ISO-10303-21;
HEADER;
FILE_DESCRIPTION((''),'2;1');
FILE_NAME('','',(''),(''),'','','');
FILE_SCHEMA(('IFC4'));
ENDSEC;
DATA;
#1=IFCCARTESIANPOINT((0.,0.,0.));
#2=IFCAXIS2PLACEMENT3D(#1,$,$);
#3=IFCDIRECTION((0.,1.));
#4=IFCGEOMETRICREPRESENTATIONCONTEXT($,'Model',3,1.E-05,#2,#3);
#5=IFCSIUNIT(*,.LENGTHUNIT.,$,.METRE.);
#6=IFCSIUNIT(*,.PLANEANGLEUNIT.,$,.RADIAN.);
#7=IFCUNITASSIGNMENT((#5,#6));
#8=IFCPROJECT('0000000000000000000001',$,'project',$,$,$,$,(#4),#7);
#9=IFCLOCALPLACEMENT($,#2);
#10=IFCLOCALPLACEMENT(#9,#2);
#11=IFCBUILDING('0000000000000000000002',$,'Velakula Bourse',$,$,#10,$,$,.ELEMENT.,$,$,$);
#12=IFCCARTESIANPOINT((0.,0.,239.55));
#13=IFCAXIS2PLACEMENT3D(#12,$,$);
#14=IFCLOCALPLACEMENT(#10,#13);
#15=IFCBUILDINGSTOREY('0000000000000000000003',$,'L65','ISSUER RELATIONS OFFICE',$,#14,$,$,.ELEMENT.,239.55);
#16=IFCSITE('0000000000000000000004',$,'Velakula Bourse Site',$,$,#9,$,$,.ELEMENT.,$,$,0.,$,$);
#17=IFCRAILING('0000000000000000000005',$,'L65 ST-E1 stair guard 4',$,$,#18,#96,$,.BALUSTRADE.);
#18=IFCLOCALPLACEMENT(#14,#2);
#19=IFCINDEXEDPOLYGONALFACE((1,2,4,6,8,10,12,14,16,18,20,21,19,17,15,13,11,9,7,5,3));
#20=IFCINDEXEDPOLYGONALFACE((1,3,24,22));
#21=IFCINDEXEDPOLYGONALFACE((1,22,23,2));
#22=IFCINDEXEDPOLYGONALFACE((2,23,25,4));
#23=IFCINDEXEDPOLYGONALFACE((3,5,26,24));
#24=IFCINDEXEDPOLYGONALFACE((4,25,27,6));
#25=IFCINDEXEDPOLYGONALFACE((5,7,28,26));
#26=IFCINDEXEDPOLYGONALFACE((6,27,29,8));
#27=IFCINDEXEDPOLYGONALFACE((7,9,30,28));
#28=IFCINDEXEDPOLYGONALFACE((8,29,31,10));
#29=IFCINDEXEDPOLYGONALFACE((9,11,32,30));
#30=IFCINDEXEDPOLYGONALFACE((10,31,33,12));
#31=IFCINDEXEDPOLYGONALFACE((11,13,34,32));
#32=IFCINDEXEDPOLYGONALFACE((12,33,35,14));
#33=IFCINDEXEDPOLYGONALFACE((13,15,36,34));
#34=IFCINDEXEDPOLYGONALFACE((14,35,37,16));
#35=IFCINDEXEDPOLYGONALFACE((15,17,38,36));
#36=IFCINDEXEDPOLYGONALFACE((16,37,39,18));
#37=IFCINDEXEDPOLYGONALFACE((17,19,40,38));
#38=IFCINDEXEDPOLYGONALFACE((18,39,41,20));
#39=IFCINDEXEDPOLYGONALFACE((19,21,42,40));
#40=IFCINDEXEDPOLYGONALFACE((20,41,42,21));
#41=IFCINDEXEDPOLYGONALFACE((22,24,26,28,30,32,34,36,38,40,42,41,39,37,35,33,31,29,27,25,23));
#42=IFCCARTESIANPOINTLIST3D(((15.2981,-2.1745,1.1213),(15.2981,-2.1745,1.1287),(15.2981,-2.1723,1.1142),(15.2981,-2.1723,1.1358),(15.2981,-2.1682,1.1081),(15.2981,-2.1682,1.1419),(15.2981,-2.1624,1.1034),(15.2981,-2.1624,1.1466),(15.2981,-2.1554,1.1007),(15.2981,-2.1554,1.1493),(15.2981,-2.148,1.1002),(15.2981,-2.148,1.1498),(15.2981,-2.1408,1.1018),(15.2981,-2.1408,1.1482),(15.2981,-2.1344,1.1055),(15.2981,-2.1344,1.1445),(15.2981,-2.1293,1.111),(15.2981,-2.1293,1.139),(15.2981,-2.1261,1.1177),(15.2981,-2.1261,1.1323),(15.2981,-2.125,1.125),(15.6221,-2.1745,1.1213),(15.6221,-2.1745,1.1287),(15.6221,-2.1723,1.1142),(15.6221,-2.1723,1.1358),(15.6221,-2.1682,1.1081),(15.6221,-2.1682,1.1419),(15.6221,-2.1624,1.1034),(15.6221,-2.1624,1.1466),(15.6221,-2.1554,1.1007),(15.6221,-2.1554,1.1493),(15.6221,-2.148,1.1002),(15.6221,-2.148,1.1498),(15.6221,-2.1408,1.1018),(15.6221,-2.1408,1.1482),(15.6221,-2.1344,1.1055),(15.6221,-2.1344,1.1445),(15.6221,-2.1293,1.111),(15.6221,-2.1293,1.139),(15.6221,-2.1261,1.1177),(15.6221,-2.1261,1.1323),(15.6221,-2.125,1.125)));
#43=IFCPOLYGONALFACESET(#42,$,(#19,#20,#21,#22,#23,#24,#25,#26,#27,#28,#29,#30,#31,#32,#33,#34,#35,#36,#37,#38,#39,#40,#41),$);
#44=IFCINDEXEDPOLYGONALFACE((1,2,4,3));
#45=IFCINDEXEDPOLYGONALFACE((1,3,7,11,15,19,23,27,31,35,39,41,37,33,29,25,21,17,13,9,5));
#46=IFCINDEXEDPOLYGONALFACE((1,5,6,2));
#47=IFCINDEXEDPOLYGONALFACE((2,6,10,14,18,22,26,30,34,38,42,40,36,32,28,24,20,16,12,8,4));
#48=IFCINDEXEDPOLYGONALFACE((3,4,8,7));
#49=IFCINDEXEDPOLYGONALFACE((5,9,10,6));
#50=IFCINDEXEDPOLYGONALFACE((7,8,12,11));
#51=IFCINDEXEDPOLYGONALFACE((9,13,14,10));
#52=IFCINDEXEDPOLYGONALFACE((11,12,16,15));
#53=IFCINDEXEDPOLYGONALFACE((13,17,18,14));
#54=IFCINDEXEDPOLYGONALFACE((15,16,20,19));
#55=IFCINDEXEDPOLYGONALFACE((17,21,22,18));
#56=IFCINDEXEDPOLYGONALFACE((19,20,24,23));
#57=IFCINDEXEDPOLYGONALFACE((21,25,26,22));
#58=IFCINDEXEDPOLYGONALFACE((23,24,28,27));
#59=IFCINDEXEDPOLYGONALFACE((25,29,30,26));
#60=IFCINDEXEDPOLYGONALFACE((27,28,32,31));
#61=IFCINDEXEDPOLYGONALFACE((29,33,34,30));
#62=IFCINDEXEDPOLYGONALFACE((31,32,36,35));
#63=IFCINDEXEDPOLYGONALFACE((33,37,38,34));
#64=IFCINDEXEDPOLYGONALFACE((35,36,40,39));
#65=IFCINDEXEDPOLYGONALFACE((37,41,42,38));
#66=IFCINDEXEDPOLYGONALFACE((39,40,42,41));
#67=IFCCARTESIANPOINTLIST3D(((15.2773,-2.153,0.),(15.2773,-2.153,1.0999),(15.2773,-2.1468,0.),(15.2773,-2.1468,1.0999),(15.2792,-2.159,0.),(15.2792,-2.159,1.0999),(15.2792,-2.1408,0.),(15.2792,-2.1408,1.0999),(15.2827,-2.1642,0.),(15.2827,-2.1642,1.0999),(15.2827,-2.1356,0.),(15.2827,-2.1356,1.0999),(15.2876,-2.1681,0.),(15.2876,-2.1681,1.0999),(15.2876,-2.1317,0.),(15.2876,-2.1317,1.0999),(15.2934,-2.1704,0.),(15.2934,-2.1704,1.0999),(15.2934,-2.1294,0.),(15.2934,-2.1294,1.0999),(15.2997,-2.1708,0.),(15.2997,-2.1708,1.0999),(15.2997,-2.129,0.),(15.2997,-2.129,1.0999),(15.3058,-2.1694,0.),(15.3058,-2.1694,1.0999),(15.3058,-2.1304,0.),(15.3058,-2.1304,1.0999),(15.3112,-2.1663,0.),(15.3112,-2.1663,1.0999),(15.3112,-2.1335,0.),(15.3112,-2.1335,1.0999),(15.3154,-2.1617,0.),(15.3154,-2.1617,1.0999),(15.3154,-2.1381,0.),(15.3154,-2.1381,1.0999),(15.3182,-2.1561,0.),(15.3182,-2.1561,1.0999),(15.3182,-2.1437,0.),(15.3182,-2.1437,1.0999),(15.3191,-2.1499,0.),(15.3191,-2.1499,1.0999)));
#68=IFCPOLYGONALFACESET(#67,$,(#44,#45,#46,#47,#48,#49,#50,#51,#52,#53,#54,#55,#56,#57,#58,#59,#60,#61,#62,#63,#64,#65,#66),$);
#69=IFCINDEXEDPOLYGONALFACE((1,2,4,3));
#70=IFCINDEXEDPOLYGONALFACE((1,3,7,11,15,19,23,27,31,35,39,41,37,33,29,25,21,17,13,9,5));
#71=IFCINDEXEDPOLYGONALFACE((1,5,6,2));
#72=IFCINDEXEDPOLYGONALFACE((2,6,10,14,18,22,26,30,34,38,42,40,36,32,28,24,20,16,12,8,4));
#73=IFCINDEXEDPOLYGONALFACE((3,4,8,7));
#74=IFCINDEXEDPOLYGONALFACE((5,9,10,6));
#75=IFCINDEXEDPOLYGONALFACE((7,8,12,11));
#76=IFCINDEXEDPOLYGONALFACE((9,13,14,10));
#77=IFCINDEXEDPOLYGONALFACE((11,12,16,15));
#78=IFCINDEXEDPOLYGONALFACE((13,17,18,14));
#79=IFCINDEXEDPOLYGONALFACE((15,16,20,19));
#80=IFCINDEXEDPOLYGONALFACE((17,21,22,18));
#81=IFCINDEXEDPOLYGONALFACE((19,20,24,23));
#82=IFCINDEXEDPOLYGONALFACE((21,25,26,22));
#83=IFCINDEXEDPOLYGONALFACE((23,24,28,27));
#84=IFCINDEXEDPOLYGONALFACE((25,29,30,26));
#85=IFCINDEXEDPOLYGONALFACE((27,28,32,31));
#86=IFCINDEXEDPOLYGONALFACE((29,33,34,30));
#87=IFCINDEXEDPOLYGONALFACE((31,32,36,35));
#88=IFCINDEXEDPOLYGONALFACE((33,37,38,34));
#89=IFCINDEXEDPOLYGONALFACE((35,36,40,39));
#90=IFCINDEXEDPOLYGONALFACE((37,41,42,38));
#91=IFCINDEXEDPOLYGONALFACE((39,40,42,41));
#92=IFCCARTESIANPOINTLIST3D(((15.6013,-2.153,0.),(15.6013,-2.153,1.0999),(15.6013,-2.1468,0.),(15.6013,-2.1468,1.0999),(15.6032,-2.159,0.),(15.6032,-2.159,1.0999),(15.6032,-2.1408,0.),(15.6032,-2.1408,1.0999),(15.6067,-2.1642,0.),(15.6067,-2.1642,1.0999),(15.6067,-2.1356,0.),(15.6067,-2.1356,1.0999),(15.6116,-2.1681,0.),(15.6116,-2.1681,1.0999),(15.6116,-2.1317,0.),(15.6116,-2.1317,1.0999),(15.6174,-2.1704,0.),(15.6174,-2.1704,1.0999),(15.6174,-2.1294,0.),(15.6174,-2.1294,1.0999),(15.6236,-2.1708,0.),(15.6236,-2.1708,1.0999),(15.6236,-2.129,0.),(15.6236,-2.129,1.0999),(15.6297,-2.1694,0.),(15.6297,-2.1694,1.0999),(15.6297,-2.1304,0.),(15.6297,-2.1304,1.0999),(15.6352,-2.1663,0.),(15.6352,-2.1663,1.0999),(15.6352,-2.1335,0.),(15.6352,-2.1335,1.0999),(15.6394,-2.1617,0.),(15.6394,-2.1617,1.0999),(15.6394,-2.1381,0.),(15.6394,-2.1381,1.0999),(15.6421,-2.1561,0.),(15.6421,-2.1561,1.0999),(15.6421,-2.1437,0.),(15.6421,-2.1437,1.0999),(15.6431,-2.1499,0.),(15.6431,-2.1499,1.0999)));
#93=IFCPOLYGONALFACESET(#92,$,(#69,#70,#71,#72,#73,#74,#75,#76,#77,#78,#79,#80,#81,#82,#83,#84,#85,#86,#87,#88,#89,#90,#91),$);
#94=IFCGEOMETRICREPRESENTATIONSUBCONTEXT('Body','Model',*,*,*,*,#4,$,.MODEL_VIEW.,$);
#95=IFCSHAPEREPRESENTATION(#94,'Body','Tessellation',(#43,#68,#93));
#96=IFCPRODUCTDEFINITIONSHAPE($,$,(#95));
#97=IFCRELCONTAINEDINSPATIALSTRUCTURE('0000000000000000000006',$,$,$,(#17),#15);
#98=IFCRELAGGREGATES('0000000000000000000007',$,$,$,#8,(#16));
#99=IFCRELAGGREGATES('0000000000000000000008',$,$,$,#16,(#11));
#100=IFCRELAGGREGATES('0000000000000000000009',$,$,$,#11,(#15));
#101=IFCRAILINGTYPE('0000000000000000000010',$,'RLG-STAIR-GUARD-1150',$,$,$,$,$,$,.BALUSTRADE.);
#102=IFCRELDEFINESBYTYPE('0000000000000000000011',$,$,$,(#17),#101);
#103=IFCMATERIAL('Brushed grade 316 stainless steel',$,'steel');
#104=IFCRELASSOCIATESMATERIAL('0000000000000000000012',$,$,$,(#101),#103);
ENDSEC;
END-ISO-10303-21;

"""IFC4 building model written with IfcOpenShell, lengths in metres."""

from ifc_helpers import new_model, si_unit, direction, frame, origin, origin_2d, place, context, subcontext, project, spatial, circle, extrude, material, type_object, element, save


model = new_model("IFC4")

# Units and contexts
model_context = context("Model", 3, precision=1e-05, world=origin(), true_north=direction((0.0, 1.0)))
body_context = subcontext(model_context, "Body", "Model", "MODEL_VIEW")
ifc_project = project(units=[si_unit("LENGTHUNIT", "METRE"), si_unit("PLANEANGLEUNIT", "RADIAN")], contexts=[model_context])

# Site, building, storey
site_placement = place(None, origin())
site = spatial("IfcSite", under=ifc_project, at=site_placement, Name="Velakula Bourse Site", CompositionType="ELEMENT", RefElevation=0.0)
building_placement = place(site_placement, origin())
building = spatial("IfcBuilding", under=site, at=building_placement, Name="Velakula Bourse", CompositionType="ELEMENT")
storey_placement = place(building_placement, frame((0.0, 0.0, 239.55)))
storey = spatial("IfcBuildingStorey", under=building, at=storey_placement, Name="L65", Description="ISSUER RELATIONS OFFICE", CompositionType="ELEMENT", Elevation=239.55)

# Shared definitions
ifc_material_1 = material(Name="Brushed grade 316 stainless steel", Category="steel")

# Railing
railing_type = type_object("IfcRailingType", Name="RLG-STAIR-GUARD-1150", PredefinedType="BALUSTRADE", material=ifc_material_1)
railing_placement = place(storey_placement, frame((15.2981, -2.1499, 0.0)))
element("IfcRailing", 1, at=railing_placement, inside=storey, type_object=railing_type, Name="L65 ST-E1 stair guard 4", PredefinedType="BALUSTRADE", context=body_context, shape_type="SweptSolid", body=[
    extrude(circle(Radius=0.0249, at=origin_2d()), frame((0.0, 0.0, 1.125), z_axis=(1.0, 0.0, 0.0), x_axis=(0.0, 1.0, 0.0)), (0.0, 0.0, 1.0), 0.324),
    extrude(circle(Radius=0.021, at=origin_2d()), origin(), (0.0, 0.0, 1.0), 1.0999),
    extrude(circle(Radius=0.021, at=origin_2d()), frame((0.324, 0.0, 0.0)), (0.0, 0.0, 1.0), 1.0999),
])

save(model, "model.ifc")
